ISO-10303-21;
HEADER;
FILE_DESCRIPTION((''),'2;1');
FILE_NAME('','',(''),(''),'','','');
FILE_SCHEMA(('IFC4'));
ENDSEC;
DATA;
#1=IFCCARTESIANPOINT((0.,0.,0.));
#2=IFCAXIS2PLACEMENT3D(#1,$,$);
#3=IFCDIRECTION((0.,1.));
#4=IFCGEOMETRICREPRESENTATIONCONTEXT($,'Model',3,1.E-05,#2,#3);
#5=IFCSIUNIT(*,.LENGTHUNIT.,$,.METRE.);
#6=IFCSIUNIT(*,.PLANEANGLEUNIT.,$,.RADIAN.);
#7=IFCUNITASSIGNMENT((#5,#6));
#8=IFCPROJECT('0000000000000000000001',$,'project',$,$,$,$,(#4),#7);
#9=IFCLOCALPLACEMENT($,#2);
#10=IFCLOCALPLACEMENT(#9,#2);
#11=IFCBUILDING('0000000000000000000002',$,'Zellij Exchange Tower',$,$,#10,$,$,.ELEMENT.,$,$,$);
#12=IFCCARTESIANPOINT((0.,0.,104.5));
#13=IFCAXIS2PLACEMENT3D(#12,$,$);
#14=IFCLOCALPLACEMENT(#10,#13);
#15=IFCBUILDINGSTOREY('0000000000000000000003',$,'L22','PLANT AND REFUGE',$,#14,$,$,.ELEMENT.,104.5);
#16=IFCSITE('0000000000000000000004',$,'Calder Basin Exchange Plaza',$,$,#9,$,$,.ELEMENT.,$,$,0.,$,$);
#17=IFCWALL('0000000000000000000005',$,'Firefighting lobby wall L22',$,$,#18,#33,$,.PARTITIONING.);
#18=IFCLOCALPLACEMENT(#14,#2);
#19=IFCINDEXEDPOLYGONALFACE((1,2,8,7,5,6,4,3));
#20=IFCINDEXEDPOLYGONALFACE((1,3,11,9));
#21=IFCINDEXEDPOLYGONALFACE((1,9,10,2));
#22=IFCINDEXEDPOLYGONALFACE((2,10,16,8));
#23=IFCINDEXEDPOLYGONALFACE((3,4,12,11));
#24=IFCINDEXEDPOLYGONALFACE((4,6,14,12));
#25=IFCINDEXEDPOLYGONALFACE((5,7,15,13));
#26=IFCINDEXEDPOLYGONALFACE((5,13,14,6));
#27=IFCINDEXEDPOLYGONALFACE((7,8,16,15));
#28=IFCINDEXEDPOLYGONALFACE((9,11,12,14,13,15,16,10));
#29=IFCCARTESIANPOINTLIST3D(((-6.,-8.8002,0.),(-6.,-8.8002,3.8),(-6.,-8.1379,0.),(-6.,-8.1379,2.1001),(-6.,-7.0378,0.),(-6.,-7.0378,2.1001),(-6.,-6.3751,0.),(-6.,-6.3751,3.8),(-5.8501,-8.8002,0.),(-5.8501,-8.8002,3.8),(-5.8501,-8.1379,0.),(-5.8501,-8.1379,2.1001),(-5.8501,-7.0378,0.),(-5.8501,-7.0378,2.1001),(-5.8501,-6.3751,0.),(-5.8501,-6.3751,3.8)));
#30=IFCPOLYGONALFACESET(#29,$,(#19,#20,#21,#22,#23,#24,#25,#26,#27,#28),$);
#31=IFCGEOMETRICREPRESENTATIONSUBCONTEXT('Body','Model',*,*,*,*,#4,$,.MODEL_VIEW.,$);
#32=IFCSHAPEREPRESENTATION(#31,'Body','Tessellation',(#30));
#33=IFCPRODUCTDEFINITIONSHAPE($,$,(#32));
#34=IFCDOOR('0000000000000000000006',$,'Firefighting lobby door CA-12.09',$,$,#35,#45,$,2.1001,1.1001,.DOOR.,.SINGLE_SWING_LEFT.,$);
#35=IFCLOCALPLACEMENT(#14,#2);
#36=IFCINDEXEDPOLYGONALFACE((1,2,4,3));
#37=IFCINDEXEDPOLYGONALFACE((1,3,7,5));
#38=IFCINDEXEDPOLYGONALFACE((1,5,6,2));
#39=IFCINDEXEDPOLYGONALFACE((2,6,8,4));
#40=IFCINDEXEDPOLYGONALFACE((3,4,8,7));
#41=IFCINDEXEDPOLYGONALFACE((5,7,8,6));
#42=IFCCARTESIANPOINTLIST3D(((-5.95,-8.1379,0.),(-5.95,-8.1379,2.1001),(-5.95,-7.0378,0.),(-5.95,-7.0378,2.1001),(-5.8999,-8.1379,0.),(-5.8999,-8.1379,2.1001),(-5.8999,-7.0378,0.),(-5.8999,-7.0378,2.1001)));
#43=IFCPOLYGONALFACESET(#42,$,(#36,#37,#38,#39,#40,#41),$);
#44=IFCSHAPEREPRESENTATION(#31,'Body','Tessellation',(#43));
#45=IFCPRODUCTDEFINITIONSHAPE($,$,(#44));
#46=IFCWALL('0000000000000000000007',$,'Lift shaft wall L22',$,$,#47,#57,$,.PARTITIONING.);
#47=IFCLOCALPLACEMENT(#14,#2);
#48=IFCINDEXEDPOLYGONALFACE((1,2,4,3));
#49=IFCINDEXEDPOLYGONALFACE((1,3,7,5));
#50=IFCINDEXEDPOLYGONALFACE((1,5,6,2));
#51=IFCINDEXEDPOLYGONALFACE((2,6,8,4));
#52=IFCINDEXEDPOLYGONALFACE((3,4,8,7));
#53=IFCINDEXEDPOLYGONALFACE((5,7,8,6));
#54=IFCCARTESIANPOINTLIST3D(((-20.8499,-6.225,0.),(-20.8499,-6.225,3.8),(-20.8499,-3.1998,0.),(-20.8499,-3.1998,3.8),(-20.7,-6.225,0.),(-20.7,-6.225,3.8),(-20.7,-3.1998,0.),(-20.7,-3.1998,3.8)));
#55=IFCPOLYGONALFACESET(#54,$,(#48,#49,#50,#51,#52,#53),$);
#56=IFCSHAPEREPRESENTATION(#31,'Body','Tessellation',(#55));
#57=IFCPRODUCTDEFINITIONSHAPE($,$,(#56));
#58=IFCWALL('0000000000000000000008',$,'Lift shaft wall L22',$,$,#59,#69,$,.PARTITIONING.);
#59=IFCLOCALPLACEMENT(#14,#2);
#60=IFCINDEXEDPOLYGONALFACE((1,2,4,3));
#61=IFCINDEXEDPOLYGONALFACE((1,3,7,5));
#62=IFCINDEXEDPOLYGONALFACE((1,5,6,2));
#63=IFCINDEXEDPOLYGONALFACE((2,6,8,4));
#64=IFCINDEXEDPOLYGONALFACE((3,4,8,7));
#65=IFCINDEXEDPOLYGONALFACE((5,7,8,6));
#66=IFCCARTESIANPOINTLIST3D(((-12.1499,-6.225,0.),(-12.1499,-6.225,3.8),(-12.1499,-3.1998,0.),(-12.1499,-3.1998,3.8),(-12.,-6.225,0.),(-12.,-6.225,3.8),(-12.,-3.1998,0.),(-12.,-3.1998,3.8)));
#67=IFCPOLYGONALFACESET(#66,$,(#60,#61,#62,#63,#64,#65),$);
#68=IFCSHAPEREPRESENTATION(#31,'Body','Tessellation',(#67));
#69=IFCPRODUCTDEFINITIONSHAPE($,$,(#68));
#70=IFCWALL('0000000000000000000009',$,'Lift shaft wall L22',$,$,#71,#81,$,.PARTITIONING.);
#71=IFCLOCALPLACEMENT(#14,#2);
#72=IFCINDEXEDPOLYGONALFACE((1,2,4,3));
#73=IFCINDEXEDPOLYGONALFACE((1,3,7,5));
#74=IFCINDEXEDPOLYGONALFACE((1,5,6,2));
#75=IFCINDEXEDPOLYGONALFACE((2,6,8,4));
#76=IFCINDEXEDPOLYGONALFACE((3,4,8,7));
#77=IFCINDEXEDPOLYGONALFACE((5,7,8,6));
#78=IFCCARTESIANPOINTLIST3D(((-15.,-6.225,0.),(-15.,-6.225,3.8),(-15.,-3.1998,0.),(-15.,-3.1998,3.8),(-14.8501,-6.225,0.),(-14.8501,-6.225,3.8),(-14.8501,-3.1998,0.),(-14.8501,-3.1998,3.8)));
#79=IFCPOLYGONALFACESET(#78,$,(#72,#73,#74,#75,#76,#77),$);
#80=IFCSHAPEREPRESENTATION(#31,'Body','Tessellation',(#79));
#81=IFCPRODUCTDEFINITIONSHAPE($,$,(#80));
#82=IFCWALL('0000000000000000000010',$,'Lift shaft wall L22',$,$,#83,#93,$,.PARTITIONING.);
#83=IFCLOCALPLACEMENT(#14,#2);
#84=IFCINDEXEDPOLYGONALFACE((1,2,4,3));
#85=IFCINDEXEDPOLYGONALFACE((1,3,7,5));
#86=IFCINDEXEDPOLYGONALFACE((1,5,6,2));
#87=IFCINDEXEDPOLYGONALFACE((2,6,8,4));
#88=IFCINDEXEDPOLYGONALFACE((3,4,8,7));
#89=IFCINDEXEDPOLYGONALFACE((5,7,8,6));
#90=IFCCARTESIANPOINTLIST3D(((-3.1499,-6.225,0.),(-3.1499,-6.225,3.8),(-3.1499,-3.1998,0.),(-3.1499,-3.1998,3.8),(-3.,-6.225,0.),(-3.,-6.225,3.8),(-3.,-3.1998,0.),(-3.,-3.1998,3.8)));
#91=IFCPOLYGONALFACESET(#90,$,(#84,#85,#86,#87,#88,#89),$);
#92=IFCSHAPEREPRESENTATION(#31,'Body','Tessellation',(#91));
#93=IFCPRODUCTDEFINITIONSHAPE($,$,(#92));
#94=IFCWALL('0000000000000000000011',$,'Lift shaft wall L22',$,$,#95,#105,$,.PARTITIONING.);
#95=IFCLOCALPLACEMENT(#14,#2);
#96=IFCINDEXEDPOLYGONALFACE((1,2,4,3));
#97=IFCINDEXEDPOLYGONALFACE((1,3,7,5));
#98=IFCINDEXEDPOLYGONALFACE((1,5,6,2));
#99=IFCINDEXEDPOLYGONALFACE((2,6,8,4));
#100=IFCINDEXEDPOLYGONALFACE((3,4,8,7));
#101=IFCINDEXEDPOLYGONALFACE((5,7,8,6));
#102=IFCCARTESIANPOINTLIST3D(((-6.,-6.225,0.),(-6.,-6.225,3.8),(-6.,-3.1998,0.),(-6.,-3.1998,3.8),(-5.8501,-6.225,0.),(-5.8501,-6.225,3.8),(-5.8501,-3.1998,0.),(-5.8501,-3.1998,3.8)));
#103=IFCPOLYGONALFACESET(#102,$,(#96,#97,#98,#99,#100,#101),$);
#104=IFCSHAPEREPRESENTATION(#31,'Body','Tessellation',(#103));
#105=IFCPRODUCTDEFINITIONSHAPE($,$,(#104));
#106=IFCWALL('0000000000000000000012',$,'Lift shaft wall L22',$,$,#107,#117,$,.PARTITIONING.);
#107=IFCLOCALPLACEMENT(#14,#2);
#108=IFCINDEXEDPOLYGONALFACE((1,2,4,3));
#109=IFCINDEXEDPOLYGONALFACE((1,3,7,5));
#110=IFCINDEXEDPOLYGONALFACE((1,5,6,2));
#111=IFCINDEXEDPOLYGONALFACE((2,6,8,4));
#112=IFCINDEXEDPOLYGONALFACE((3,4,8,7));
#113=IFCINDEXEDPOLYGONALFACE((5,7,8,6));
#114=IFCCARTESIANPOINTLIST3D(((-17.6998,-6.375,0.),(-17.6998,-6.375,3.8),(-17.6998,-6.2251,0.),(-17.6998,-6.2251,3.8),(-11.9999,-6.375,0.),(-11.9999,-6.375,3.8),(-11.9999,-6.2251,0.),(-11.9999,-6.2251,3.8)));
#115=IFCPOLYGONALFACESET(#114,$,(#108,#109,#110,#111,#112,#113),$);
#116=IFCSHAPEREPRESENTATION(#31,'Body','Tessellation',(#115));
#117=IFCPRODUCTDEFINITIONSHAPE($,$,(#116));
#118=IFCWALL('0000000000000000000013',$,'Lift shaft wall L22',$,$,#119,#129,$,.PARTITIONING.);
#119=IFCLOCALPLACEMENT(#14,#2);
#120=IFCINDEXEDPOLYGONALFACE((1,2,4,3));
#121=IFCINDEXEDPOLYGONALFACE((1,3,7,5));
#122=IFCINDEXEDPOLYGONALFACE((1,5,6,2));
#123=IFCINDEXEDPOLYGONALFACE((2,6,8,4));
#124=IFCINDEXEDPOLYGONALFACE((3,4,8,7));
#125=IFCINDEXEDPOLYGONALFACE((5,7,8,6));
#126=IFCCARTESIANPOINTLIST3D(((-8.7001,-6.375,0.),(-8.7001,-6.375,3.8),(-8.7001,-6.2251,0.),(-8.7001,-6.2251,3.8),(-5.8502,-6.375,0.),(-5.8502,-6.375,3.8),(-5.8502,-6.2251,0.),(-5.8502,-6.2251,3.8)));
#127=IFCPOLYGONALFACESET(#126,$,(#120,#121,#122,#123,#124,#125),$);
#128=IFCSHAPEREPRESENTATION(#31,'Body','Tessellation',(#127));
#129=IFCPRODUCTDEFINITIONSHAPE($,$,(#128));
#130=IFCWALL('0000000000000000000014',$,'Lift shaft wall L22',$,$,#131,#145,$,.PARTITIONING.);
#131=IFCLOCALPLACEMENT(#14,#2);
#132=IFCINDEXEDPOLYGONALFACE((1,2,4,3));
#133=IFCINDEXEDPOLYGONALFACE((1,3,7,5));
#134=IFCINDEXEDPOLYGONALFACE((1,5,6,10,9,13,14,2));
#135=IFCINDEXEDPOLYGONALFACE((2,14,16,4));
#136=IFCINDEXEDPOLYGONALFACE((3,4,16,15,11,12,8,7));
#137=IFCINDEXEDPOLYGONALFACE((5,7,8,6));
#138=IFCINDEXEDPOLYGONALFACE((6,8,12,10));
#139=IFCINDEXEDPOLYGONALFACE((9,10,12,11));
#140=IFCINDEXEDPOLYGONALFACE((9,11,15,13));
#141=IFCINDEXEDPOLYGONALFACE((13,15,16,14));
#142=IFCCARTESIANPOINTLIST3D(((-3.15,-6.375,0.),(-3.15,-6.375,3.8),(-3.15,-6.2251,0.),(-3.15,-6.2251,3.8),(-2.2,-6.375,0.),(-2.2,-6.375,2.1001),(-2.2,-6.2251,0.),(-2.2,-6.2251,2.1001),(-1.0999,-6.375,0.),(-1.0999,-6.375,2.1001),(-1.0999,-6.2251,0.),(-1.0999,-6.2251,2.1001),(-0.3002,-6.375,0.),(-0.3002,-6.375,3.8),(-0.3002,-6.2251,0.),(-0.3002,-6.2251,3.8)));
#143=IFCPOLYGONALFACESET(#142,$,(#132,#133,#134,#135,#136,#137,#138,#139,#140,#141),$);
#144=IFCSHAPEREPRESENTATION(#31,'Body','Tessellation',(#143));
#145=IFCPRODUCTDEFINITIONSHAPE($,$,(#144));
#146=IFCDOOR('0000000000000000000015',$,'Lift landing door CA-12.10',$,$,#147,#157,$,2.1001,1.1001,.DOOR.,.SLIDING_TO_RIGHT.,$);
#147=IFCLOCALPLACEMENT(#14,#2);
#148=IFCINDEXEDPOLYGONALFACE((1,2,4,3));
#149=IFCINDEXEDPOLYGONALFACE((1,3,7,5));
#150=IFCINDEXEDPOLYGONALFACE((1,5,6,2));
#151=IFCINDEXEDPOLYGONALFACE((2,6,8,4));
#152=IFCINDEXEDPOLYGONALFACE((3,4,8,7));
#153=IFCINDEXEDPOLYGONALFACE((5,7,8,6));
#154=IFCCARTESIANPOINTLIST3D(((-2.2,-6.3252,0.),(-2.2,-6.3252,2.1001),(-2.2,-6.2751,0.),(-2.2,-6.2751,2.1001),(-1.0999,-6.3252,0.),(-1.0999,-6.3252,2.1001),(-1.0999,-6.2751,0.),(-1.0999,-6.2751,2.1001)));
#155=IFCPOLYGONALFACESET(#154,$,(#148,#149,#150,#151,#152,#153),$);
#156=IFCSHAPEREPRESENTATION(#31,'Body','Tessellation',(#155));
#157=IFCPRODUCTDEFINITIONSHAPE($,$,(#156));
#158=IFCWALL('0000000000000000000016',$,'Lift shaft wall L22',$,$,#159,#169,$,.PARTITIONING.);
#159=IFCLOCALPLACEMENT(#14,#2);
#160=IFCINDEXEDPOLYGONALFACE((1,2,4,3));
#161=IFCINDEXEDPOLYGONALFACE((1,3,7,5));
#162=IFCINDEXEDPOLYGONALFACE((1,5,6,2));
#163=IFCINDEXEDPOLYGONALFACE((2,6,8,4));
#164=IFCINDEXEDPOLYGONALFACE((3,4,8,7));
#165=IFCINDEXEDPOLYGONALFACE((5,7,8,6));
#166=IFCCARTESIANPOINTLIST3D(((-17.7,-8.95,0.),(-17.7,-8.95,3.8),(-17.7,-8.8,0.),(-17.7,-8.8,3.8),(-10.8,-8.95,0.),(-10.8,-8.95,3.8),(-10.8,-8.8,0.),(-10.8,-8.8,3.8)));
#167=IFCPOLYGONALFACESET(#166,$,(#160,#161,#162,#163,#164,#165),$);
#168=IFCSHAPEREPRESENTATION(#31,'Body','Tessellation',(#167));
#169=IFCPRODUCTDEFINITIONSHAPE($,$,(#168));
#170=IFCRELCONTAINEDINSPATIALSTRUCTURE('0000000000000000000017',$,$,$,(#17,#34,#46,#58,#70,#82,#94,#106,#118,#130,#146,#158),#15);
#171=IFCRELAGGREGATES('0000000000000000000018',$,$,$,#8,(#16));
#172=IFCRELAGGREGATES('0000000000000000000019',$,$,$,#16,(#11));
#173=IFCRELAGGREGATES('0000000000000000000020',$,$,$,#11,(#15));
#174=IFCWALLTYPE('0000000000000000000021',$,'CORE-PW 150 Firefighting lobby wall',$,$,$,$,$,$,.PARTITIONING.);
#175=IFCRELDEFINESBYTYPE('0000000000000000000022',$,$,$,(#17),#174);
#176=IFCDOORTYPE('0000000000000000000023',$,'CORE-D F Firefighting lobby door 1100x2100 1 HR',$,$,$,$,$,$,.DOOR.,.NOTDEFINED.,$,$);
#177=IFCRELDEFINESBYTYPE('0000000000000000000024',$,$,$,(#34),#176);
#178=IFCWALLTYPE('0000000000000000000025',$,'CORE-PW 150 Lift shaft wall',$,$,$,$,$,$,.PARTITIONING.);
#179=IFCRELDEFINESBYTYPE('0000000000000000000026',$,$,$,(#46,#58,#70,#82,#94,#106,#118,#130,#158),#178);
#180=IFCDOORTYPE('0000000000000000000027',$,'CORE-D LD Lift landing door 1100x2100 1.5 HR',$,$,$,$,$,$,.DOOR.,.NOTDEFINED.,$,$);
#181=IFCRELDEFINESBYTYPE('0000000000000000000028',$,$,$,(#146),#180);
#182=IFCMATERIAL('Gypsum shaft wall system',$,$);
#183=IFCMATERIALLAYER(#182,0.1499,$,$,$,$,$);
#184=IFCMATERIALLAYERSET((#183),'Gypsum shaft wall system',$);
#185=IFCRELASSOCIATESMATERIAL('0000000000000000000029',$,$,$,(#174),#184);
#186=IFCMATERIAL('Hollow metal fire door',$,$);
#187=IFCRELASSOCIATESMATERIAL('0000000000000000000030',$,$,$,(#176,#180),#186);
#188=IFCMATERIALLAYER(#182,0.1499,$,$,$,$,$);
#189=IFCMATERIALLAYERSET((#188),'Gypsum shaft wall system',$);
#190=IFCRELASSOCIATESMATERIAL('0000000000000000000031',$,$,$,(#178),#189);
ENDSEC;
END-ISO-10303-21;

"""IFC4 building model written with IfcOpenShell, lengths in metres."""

from ifc_helpers import new_model, si_unit, direction, frame, frame_2d, origin, place, context, subcontext, project, spatial, rectangle, extrude, material, layer, layer_set, type_object, element, fill, save


model = new_model("IFC4")

# Units and contexts
model_context = context("Model", 3, precision=1e-05, world=origin(), true_north=direction((0.0, 1.0)))
body_context = subcontext(model_context, "Body", "Model", "MODEL_VIEW")
ifc_project = project(units=[si_unit("LENGTHUNIT", "METRE"), si_unit("PLANEANGLEUNIT", "RADIAN")], contexts=[model_context])

# Site, building, storey
site_placement = place(None, origin())
site = spatial("IfcSite", under=ifc_project, at=site_placement, Name="Calder Basin Exchange Plaza", CompositionType="ELEMENT", RefElevation=0.0)
building_placement = place(site_placement, origin())
building = spatial("IfcBuilding", under=site, at=building_placement, Name="Zellij Exchange Tower", CompositionType="ELEMENT")
storey_placement = place(building_placement, frame((0.0, 0.0, 104.5)))
storey = spatial("IfcBuildingStorey", under=building, at=storey_placement, Name="L22", Description="PLANT AND REFUGE", CompositionType="ELEMENT", Elevation=104.5)

# Wall, opening, door
ifc_material_1 = material(Name="Gypsum shaft wall system")
ifc_layer_1 = layer(ifc_material_1, 0.1499)
ifc_layer_set_1 = layer_set([ifc_layer_1], Name="Gypsum shaft wall system")
wall_type_1 = type_object("IfcWallType", Name="CORE-PW 150 Firefighting lobby wall", PredefinedType="PARTITIONING", material=ifc_layer_set_1)
wall_1_placement = place(storey_placement, frame((-5.925, -8.8, 0.0), z_axis=(0.0, 0.0, 1.0), x_axis=(0.0, 1.0, 0.0)))
wall_1 = element("IfcWall", 1, at=wall_1_placement, inside=storey, type_object=wall_type_1, Name="Firefighting lobby wall L22", PredefinedType="PARTITIONING", context=body_context, shape_type="SweptSolid", body=[
    extrude(rectangle(XDim=2.425, YDim=0.1499, at=frame_2d((1.2124, 0.0))), origin(), (0.0, 0.0, 1.0), 3.8),
])
opening_1_placement = place(wall_1_placement, frame((0.6621, 0.0, 0.0)))
opening_1 = element("IfcOpeningElement", 2, at=opening_1_placement, cuts=wall_1, PredefinedType="OPENING", context=body_context, shape_type="SweptSolid", body=[
    extrude(rectangle(XDim=1.1001, YDim=2.1001, at=frame_2d((0.55, 1.05))), frame((0.0, 0.0869, 0.0), z_axis=(0.0, -1.0, 0.0), x_axis=(1.0, 0.0, 0.0)), (0.0, 0.0, 1.0), 0.1738),
])
ifc_material_2 = material(Name="Hollow metal fire door")
door_type_1 = type_object("IfcDoorType", Name="CORE-D F Firefighting lobby door 1100x2100 1 HR", OperationType="NOTDEFINED", PredefinedType="DOOR", material=ifc_material_2)
door_1_placement = place(opening_1_placement, origin())
door_1 = element("IfcDoor", 3, at=door_1_placement, inside=storey, type_object=door_type_1, Name="Firefighting lobby door CA-12.09", OperationType="SINGLE_SWING_LEFT", OverallHeight=2.1001, OverallWidth=1.1001, PredefinedType="DOOR", context=body_context, shape_type="SweptSolid", body=[
    extrude(rectangle(XDim=1.1001, YDim=2.1001, at=frame_2d((0.55, 1.05))), frame((0.0, 0.0249, 0.0), z_axis=(0.0, -1.0, 0.0), x_axis=(1.0, 0.0, 0.0)), (0.0, 0.0, 1.0), 0.05),
])
fill(opening_1, door_1)

# Walls
ifc_layer_2 = layer(ifc_material_1, 0.1499)
ifc_layer_set_2 = layer_set([ifc_layer_2], Name="Gypsum shaft wall system")
wall_type_2 = type_object("IfcWallType", Name="CORE-PW 150 Lift shaft wall", PredefinedType="PARTITIONING", material=ifc_layer_set_2)
for number, where, z_axis, x_axis, name in (
    (4, (-20.7749, -6.2251, 0.0), (0.0, 0.0, 1.0), (0.0, 1.0, 0.0), "Lift shaft wall L22"),
    (5, (-12.075, -6.2251, 0.0), (0.0, 0.0, 1.0), (0.0, 1.0, 0.0), "Lift shaft wall L22"),
    (6, (-14.925, -6.2251, 0.0), (0.0, 0.0, 1.0), (0.0, 1.0, 0.0), "Lift shaft wall L22"),
    (7, (-3.075, -6.2251, 0.0), (0.0, 0.0, 1.0), (0.0, 1.0, 0.0), "Lift shaft wall L22"),
    (8, (-5.925, -6.2251, 0.0), (0.0, 0.0, 1.0), (0.0, 1.0, 0.0), "Lift shaft wall L22"),
):
    element("IfcWall", number, at=place(storey_placement, frame(where, z_axis=z_axis, x_axis=x_axis)), inside=storey, type_object=wall_type_2, Name=name, PredefinedType="PARTITIONING", context=body_context, shape_type="SweptSolid", body=[
        extrude(rectangle(XDim=3.0251, YDim=0.1499, at=frame_2d((1.5127, 0.0))), origin(), (0.0, 0.0, 1.0), 3.8),
    ])
wall_2_placement = place(storey_placement, frame((-17.7, -6.3, 0.0), z_axis=(0.0, 0.0, 1.0), x_axis=(1.0, 0.0, 0.0)))
element("IfcWall", 9, at=wall_2_placement, inside=storey, type_object=wall_type_2, Name="Lift shaft wall L22", PredefinedType="PARTITIONING", context=body_context, shape_type="SweptSolid", body=[
    extrude(rectangle(XDim=5.7, YDim=0.1499, at=frame_2d((2.8501, 0.0))), origin(), (0.0, 0.0, 1.0), 3.8),
])
wall_3_placement = place(storey_placement, frame((-8.7, -6.3, 0.0), z_axis=(0.0, 0.0, 1.0), x_axis=(1.0, 0.0, 0.0)))
element("IfcWall", 10, at=wall_3_placement, inside=storey, type_object=wall_type_2, Name="Lift shaft wall L22", PredefinedType="PARTITIONING", context=body_context, shape_type="SweptSolid", body=[
    extrude(rectangle(XDim=2.8499, YDim=0.1499, at=frame_2d((1.4248, 0.0))), origin(), (0.0, 0.0, 1.0), 3.8),
])

# Wall, opening, door
wall_4_placement = place(storey_placement, frame((-3.1499, -6.3, 0.0), z_axis=(0.0, 0.0, 1.0), x_axis=(1.0, 0.0, 0.0)))
wall_4 = element("IfcWall", 11, at=wall_4_placement, inside=storey, type_object=wall_type_2, Name="Lift shaft wall L22", PredefinedType="PARTITIONING", context=body_context, shape_type="SweptSolid", body=[
    extrude(rectangle(XDim=2.8499, YDim=0.1499, at=frame_2d((1.4248, 0.0))), origin(), (0.0, 0.0, 1.0), 3.8),
])
opening_2_placement = place(wall_4_placement, frame((0.95, 0.0, 0.0)))
opening_2 = element("IfcOpeningElement", 12, at=opening_2_placement, cuts=wall_4, PredefinedType="OPENING", context=body_context, shape_type="SweptSolid", body=[
    extrude(rectangle(XDim=1.1001, YDim=2.1001, at=frame_2d((0.55, 1.05))), frame((0.0, 0.0869, 0.0), z_axis=(0.0, -1.0, 0.0), x_axis=(1.0, 0.0, 0.0)), (0.0, 0.0, 1.0), 0.1738),
])
door_type_2 = type_object("IfcDoorType", Name="CORE-D LD Lift landing door 1100x2100 1.5 HR", OperationType="NOTDEFINED", PredefinedType="DOOR", material=ifc_material_2)
door_2_placement = place(opening_2_placement, origin())
door_2 = element("IfcDoor", 13, at=door_2_placement, inside=storey, type_object=door_type_2, Name="Lift landing door CA-12.10", OperationType="SLIDING_TO_RIGHT", OverallHeight=2.1001, OverallWidth=1.1001, PredefinedType="DOOR", context=body_context, shape_type="SweptSolid", body=[
    extrude(rectangle(XDim=1.1001, YDim=2.1001, at=frame_2d((0.55, 1.05))), frame((0.0, 0.0249, 0.0), z_axis=(0.0, -1.0, 0.0), x_axis=(1.0, 0.0, 0.0)), (0.0, 0.0, 1.0), 0.05),
])
fill(opening_2, door_2)

# Wall
wall_5_placement = place(storey_placement, frame((-17.7, -8.875, 0.0), z_axis=(0.0, 0.0, 1.0), x_axis=(1.0, 0.0, 0.0)))
element("IfcWall", 14, at=wall_5_placement, inside=storey, type_object=wall_type_2, Name="Lift shaft wall L22", PredefinedType="PARTITIONING", context=body_context, shape_type="SweptSolid", body=[
    extrude(rectangle(XDim=6.8999, YDim=0.1499, at=frame_2d((3.45, 0.0))), origin(), (0.0, 0.0, 1.0), 3.8),
])

save(model, "model.ifc")
